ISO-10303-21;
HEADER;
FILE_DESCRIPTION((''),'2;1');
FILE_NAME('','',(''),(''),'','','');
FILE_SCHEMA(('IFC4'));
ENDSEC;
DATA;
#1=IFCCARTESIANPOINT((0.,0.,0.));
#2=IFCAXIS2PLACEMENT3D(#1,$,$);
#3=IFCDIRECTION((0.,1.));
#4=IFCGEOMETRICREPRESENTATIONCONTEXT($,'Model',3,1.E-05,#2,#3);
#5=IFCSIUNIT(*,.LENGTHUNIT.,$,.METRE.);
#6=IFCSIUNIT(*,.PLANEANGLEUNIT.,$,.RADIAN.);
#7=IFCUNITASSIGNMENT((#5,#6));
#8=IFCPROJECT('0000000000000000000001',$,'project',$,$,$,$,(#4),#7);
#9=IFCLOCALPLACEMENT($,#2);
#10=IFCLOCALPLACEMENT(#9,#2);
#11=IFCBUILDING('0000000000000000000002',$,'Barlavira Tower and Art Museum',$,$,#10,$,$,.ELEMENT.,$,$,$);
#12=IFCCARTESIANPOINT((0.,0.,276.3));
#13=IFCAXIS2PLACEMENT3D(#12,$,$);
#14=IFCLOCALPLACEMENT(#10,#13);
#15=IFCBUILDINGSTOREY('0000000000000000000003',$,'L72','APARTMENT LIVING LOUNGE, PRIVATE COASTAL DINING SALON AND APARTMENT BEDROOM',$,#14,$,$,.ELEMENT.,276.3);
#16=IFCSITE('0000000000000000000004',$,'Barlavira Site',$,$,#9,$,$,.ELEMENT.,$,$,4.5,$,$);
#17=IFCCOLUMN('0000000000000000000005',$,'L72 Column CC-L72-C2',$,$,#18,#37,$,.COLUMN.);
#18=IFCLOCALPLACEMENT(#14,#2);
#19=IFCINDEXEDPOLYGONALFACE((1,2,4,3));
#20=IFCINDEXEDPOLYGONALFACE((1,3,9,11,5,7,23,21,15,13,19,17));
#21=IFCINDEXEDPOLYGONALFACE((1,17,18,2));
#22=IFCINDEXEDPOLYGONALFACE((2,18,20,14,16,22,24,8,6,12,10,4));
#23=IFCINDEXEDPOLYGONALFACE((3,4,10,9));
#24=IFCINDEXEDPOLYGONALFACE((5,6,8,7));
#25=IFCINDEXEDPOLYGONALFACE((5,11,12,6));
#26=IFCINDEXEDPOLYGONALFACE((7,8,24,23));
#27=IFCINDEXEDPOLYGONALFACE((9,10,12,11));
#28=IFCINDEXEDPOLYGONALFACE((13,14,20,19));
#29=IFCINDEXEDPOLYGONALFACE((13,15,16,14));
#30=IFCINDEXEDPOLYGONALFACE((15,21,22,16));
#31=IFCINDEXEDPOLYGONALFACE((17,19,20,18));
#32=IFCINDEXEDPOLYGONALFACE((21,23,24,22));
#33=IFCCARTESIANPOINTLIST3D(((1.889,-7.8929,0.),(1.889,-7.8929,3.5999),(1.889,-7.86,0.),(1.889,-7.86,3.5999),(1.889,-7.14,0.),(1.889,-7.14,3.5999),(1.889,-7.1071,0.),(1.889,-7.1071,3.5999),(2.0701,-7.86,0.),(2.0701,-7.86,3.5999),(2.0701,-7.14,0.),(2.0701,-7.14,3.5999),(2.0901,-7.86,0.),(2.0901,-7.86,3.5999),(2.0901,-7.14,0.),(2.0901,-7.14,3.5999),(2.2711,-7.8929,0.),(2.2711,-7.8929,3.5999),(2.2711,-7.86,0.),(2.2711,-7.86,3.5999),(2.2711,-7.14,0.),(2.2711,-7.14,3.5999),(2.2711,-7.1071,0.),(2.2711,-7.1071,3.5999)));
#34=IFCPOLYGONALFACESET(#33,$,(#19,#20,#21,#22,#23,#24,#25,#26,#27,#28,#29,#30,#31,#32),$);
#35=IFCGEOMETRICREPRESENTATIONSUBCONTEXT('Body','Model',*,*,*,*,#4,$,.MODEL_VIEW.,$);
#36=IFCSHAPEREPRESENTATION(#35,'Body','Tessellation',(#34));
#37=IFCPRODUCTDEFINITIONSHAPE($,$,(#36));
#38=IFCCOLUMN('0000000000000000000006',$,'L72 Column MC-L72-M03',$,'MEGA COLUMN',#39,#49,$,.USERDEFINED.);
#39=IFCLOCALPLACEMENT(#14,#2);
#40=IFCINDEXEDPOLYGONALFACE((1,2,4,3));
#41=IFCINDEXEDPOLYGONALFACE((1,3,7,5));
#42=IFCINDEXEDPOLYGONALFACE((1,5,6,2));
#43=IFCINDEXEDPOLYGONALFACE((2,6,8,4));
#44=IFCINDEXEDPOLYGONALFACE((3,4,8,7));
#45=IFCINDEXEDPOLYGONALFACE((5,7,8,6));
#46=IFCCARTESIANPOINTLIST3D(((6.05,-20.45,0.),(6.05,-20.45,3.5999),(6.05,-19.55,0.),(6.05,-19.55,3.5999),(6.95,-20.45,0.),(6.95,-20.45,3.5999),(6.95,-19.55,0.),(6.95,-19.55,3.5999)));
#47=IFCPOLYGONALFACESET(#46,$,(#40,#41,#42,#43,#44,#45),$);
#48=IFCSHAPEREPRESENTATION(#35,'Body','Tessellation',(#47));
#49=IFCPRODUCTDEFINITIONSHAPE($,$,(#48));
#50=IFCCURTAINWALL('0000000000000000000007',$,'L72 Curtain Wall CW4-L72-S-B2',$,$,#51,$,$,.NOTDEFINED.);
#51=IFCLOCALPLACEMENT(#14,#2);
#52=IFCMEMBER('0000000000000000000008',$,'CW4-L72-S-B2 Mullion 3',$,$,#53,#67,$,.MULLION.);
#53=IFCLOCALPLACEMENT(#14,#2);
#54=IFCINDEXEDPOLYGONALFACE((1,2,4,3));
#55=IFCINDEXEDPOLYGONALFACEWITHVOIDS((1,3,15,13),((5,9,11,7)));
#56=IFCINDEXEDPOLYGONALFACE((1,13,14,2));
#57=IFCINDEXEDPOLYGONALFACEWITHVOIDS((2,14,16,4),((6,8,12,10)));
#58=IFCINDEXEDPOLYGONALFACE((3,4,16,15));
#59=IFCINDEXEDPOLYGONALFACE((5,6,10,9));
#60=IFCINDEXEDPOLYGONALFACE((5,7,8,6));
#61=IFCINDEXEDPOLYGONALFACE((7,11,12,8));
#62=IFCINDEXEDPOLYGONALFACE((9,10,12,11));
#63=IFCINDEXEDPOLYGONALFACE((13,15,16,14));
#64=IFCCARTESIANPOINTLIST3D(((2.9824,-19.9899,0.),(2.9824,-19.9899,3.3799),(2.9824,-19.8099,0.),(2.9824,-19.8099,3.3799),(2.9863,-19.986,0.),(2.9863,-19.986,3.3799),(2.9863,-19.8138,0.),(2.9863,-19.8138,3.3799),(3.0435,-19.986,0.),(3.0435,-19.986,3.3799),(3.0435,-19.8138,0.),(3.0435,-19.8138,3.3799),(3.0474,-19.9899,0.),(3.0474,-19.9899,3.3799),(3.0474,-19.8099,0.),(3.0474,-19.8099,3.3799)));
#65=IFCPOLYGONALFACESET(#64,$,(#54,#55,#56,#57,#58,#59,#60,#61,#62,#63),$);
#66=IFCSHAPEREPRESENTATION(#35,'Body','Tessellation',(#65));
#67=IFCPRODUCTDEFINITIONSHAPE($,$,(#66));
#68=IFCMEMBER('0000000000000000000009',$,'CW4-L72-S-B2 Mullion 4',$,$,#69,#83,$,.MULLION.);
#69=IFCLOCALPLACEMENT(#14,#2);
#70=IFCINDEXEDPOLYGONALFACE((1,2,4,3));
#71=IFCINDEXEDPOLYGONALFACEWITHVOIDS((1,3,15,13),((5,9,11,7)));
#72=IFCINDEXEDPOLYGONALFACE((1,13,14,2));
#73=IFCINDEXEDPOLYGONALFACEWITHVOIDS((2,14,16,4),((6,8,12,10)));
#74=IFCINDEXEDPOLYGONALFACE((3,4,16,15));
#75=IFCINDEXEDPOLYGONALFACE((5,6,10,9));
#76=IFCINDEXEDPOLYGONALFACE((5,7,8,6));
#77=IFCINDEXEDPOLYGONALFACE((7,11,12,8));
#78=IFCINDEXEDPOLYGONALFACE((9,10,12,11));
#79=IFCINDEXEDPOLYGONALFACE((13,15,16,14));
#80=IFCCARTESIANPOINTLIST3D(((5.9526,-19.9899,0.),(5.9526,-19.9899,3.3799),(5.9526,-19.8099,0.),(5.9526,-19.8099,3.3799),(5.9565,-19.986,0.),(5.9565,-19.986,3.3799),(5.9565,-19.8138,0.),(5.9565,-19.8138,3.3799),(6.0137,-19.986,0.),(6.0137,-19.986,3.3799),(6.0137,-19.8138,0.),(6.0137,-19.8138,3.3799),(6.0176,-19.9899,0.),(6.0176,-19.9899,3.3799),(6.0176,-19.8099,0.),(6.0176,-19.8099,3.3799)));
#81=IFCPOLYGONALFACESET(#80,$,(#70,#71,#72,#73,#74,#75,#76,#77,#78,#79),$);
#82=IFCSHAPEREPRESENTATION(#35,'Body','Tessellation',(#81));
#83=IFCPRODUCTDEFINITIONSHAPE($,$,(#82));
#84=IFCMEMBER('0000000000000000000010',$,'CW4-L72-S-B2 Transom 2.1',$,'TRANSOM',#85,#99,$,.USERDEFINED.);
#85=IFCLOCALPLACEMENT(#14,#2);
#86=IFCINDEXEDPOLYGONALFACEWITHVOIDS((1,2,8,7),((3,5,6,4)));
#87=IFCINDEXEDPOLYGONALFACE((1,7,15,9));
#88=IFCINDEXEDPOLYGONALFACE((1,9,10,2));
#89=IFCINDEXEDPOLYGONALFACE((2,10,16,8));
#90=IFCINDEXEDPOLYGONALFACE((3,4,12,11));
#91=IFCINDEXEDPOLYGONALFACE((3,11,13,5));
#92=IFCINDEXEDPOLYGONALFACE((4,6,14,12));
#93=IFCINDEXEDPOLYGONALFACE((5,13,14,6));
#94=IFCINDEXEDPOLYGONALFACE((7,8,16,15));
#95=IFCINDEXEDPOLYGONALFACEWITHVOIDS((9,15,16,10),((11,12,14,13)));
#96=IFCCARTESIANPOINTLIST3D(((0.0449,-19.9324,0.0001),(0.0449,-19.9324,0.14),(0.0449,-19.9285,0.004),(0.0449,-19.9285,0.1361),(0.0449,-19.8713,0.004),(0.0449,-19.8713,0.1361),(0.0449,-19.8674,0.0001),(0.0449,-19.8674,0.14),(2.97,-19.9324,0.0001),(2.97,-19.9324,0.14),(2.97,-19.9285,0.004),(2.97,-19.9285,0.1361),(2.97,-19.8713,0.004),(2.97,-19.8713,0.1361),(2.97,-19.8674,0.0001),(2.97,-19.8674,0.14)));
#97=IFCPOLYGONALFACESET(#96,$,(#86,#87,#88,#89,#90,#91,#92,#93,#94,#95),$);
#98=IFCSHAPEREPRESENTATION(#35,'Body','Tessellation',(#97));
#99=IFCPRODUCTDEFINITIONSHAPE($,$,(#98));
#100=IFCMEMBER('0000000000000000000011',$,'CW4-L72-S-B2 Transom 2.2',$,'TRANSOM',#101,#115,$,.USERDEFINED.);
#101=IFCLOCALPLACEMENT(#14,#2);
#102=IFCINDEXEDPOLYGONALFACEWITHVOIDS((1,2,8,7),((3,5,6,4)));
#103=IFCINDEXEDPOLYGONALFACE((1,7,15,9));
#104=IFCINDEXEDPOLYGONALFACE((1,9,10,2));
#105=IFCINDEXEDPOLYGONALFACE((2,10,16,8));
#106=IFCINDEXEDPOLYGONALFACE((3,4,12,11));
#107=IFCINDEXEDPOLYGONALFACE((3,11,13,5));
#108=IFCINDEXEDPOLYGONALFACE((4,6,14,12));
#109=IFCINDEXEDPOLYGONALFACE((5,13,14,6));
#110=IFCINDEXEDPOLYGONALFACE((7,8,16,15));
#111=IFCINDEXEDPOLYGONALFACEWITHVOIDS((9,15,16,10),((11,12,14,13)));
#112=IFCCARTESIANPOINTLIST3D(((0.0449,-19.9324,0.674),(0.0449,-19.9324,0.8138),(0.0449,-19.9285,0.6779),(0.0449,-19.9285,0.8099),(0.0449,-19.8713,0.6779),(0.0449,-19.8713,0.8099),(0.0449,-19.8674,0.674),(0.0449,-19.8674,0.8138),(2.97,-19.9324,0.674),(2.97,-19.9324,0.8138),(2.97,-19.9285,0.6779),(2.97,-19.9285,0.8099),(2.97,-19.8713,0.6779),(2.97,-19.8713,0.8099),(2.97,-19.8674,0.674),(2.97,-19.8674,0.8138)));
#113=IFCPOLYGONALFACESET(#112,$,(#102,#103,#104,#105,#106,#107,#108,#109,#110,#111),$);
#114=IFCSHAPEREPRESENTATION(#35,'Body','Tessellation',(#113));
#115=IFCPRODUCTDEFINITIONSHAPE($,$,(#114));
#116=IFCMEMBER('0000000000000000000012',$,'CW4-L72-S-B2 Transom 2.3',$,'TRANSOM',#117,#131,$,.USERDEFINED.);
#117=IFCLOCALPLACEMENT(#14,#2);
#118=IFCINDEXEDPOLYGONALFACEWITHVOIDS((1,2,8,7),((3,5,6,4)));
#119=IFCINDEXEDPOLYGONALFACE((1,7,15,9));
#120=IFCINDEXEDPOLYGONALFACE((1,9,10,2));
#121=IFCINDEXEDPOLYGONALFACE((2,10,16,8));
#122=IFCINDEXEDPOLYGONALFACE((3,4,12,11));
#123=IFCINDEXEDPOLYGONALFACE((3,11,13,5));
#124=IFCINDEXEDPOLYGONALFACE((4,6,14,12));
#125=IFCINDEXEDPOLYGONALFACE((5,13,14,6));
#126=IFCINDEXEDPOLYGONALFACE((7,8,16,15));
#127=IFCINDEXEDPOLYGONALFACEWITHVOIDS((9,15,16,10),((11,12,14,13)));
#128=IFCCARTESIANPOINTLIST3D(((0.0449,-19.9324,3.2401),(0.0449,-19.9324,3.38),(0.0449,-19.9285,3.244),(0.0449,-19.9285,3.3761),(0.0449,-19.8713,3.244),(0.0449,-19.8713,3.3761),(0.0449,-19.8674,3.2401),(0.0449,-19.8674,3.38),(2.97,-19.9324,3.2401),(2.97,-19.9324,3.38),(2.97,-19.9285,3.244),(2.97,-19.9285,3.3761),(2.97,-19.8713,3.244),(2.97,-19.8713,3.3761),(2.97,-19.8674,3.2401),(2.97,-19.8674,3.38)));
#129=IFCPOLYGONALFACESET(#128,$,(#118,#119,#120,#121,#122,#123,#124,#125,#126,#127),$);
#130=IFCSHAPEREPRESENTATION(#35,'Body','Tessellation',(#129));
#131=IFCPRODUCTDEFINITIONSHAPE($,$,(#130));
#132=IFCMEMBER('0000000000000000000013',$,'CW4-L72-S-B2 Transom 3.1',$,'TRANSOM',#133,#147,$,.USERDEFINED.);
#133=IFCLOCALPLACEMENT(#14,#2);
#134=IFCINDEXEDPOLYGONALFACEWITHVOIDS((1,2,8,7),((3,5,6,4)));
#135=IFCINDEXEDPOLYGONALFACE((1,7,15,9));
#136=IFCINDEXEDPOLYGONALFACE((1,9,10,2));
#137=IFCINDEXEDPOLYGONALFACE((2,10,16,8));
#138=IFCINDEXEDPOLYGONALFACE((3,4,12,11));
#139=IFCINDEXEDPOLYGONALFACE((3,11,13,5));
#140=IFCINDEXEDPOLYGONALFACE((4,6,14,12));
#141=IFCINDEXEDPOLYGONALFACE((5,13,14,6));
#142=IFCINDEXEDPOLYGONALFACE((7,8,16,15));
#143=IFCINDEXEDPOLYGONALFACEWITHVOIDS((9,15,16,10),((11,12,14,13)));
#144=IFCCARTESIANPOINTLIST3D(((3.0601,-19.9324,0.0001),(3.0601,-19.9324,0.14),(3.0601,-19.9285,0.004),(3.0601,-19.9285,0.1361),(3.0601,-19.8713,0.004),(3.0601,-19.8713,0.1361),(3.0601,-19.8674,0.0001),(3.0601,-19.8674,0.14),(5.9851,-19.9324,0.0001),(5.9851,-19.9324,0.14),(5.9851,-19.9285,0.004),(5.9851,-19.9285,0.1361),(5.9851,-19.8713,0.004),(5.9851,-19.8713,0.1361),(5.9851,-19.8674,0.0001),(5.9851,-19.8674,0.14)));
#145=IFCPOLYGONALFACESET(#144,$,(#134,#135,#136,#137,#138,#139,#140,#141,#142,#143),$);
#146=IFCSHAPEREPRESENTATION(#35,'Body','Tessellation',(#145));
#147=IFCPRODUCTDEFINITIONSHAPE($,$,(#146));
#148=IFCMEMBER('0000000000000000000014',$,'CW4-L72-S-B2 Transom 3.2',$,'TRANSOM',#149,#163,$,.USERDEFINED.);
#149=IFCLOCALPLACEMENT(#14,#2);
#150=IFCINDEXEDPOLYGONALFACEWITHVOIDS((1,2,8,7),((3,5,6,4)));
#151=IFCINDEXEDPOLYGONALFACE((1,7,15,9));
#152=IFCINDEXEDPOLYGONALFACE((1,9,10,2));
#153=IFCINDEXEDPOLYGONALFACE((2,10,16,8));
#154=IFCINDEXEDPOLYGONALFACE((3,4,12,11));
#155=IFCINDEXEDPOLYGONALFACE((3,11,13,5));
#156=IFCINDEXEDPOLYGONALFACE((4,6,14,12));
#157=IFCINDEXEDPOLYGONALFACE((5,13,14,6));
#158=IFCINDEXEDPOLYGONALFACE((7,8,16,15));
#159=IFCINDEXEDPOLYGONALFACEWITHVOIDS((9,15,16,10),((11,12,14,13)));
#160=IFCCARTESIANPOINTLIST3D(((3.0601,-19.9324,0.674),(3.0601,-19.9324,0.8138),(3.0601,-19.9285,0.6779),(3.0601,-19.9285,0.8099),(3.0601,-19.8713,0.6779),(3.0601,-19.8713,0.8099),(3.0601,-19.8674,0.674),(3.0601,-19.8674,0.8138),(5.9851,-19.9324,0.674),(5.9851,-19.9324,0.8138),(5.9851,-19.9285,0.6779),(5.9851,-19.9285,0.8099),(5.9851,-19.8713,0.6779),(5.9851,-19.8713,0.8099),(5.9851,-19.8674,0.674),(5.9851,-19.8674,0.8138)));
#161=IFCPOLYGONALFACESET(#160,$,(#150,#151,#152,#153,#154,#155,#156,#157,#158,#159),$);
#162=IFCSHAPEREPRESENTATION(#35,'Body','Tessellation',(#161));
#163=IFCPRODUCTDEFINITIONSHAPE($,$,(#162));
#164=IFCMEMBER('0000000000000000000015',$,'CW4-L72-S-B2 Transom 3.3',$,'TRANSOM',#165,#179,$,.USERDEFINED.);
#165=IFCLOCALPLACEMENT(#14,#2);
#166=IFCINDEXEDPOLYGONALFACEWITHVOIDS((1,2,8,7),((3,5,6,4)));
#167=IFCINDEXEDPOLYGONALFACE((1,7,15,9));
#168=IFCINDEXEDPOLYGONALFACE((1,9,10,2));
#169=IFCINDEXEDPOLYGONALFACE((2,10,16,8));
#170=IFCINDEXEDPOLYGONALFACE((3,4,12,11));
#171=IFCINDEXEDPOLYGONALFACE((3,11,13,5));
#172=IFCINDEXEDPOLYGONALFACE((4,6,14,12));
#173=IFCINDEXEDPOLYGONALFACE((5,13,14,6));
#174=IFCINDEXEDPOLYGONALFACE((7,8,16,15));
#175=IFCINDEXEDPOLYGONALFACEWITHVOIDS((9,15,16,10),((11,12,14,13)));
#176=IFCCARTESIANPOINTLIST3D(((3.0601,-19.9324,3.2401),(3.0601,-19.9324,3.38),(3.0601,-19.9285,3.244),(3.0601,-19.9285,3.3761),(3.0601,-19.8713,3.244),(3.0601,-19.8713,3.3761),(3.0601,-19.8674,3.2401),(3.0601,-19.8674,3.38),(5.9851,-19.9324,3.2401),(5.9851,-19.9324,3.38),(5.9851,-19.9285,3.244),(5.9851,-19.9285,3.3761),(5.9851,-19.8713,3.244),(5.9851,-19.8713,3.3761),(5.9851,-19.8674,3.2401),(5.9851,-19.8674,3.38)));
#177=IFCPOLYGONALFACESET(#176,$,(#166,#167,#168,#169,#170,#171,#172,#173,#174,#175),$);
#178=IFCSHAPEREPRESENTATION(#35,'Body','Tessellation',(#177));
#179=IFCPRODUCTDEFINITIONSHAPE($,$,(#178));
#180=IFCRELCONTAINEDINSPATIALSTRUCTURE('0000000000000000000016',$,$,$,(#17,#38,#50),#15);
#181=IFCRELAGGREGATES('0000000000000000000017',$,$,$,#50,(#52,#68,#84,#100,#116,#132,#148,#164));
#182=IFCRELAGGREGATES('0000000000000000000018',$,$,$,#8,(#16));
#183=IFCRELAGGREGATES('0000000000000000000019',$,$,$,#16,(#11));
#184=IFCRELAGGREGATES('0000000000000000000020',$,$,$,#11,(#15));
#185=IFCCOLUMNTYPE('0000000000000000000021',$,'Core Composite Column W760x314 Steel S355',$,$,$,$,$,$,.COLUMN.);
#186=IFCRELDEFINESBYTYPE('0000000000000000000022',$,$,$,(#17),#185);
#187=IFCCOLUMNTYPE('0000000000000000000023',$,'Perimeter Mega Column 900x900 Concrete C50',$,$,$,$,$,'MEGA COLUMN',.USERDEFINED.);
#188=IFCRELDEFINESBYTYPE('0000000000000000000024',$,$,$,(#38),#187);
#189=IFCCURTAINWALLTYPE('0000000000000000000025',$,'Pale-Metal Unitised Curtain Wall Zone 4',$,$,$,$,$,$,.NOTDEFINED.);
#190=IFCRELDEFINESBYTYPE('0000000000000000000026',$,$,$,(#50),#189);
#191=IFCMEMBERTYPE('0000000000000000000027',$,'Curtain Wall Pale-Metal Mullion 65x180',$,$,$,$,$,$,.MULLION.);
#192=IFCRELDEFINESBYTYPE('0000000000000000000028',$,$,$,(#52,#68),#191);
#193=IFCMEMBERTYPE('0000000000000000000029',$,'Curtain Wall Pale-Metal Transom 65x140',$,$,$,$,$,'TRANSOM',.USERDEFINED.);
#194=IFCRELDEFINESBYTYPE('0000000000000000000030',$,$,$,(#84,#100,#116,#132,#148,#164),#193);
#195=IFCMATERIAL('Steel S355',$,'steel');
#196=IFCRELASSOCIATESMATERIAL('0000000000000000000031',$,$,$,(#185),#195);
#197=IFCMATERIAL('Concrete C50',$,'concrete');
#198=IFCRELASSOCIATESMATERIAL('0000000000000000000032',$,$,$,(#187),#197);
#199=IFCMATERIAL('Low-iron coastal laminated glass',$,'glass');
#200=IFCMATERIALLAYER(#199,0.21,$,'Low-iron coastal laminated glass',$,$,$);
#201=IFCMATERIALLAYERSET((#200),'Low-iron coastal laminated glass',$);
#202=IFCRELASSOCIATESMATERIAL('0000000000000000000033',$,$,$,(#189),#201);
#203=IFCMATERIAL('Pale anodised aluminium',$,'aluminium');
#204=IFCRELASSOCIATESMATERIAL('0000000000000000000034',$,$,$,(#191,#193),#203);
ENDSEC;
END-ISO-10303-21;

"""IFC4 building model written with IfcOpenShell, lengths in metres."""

from ifc_helpers import new_model, si_unit, direction, frame, origin, origin_2d, place, context, subcontext, project, spatial, rectangle, hollow_rectangle, i_section, extrude, material, layer, layer_set, material_profile, profile_set, type_object, element, aggregate, save


model = new_model("IFC4")

# Units and contexts
model_context = context("Model", 3, precision=1e-05, world=origin(), true_north=direction((0.0, 1.0)))
body_context = subcontext(model_context, "Body", "Model", "MODEL_VIEW")
ifc_project = project(units=[si_unit("LENGTHUNIT", "METRE"), si_unit("PLANEANGLEUNIT", "RADIAN")], contexts=[model_context])

# Site, building, storey
site_placement = place(None, origin())
site = spatial("IfcSite", under=ifc_project, at=site_placement, Name="Barlavira Site", CompositionType="ELEMENT", RefElevation=4.5)
building_placement = place(site_placement, origin())
building = spatial("IfcBuilding", under=site, at=building_placement, Name="Barlavira Tower and Art Museum", CompositionType="ELEMENT")
storey_placement = place(building_placement, frame((0.0, 0.0, 276.3)))
storey = spatial("IfcBuildingStorey", under=building, at=storey_placement, Name="L72", Description="APARTMENT LIVING LOUNGE, PRIVATE COASTAL DINING SALON AND APARTMENT BEDROOM", CompositionType="ELEMENT", Elevation=276.3)

# Columns
ifc_material_1 = material(Name="Steel S355", Category="steel")
ifc_material_profile_1 = material_profile(ifc_material_1, i_section(OverallWidth=0.3821, OverallDepth=0.7859, WebThickness=0.02, FlangeThickness=0.033, at=origin_2d()), Name="W760x314.0")
ifc_profile_set_1 = profile_set([ifc_material_profile_1], Name="Steel S355")
column_type_1 = type_object("IfcColumnType", Name="Core Composite Column W760x314 Steel S355", PredefinedType="COLUMN", material=ifc_profile_set_1)
column_1_placement = place(storey_placement, frame((2.0801, -7.5, 0.0), z_axis=(0.0, 0.0, 1.0), x_axis=(1.0, 0.0, 0.0)))
element("IfcColumn", 1, at=column_1_placement, inside=storey, type_object=column_type_1, Name="L72 Column CC-L72-C2", PredefinedType="COLUMN", context=body_context, shape_type="SweptSolid", body=[
    extrude(i_section(OverallWidth=0.3821, OverallDepth=0.7859, WebThickness=0.02, FlangeThickness=0.033, at=origin_2d()), origin(), (0.0, 0.0, 1.0), 3.5999),
])
ifc_material_2 = material(Name="Concrete C50", Category="concrete")
ifc_material_profile_2 = material_profile(ifc_material_2, rectangle(XDim=0.8999, YDim=0.8999, at=origin_2d()), Name="RC-COL 900x900")
ifc_profile_set_2 = profile_set([ifc_material_profile_2], Name="Concrete C50")
column_type_2 = type_object("IfcColumnType", Name="Perimeter Mega Column 900x900 Concrete C50", ElementType="MEGA COLUMN", PredefinedType="USERDEFINED", material=ifc_profile_set_2)
column_2_placement = place(storey_placement, frame((6.5, -20.0, 0.0), z_axis=(0.0, 0.0, 1.0), x_axis=(1.0, 0.0, 0.0)))
element("IfcColumn", 2, at=column_2_placement, inside=storey, type_object=column_type_2, Name="L72 Column MC-L72-M03", ObjectType="MEGA COLUMN", PredefinedType="USERDEFINED", context=body_context, shape_type="SweptSolid", body=[
    extrude(rectangle(XDim=0.8999, YDim=0.8999, at=origin_2d()), origin(), (0.0, 0.0, 1.0), 3.5999),
])

# Curtain wall, members
ifc_material_3 = material(Name="Low-iron coastal laminated glass", Category="glass")
ifc_layer_1 = layer(ifc_material_3, 0.21, Name="Low-iron coastal laminated glass")
ifc_layer_set_1 = layer_set([ifc_layer_1], Name="Low-iron coastal laminated glass")
curtain_wall_type = type_object("IfcCurtainWallType", Name="Pale-Metal Unitised Curtain Wall Zone 4", PredefinedType="NOTDEFINED", material=ifc_layer_set_1)
curtain_wall_placement = place(storey_placement, origin())
curtain_wall = element("IfcCurtainWall", 3, at=curtain_wall_placement, inside=storey, type_object=curtain_wall_type, Name="L72 Curtain Wall CW4-L72-S-B2", PredefinedType="NOTDEFINED")
ifc_material_4 = material(Name="Pale anodised aluminium", Category="aluminium")
ifc_material_profile_3 = material_profile(ifc_material_4, hollow_rectangle(XDim=0.0649, YDim=0.1799, WallThickness=0.0039, at=origin_2d()), Name="ALU-MULL 65x180x4")
ifc_profile_set_3 = profile_set([ifc_material_profile_3], Name="Pale anodised aluminium")
member_type_1 = type_object("IfcMemberType", Name="Curtain Wall Pale-Metal Mullion 65x180", PredefinedType="MULLION", material=ifc_profile_set_3)
member_1_placement = place(storey_placement, frame((3.0149, -19.8999, 0.0), z_axis=(0.0, 0.0, 1.0), x_axis=(1.0, 0.0, 0.0)))
member_1 = element("IfcMember", 4, at=member_1_placement, type_object=member_type_1, Name="CW4-L72-S-B2 Mullion 3", PredefinedType="MULLION", context=body_context, shape_type="SweptSolid", body=[
    extrude(hollow_rectangle(XDim=0.0649, YDim=0.1799, WallThickness=0.0039, at=origin_2d()), origin(), (0.0, 0.0, 1.0), 3.3799),
])
member_2_placement = place(storey_placement, frame((5.9851, -19.8999, 0.0), z_axis=(0.0, 0.0, 1.0), x_axis=(1.0, 0.0, 0.0)))
member_2 = element("IfcMember", 5, at=member_2_placement, type_object=member_type_1, Name="CW4-L72-S-B2 Mullion 4", PredefinedType="MULLION", context=body_context, shape_type="SweptSolid", body=[
    extrude(hollow_rectangle(XDim=0.0649, YDim=0.1799, WallThickness=0.0039, at=origin_2d()), origin(), (0.0, 0.0, 1.0), 3.3799),
])
ifc_material_profile_4 = material_profile(ifc_material_4, hollow_rectangle(XDim=0.0649, YDim=0.1399, WallThickness=0.0039, at=origin_2d()), Name="ALU-TRAN 65x140x4")
ifc_profile_set_4 = profile_set([ifc_material_profile_4], Name="Pale anodised aluminium")
member_type_2 = type_object("IfcMemberType", Name="Curtain Wall Pale-Metal Transom 65x140", ElementType="TRANSOM", PredefinedType="USERDEFINED", material=ifc_profile_set_4)
member_3_placement = place(storey_placement, frame((0.0449, -19.8999, 0.0701), z_axis=(1.0, 0.0, 0.0), x_axis=(0.0, 1.0, 0.0)))
member_3 = element("IfcMember", 6, at=member_3_placement, type_object=member_type_2, Name="CW4-L72-S-B2 Transom 2.1", ObjectType="TRANSOM", PredefinedType="USERDEFINED", context=body_context, shape_type="SweptSolid", body=[
    extrude(hollow_rectangle(XDim=0.0649, YDim=0.1399, WallThickness=0.0039, at=origin_2d()), origin(), (0.0, 0.0, 1.0), 2.925),
])
member_4_placement = place(storey_placement, frame((0.0449, -19.8999, 0.7439), z_axis=(1.0, 0.0, 0.0), x_axis=(0.0, 1.0, 0.0)))
member_4 = element("IfcMember", 7, at=member_4_placement, type_object=member_type_2, Name="CW4-L72-S-B2 Transom 2.2", ObjectType="TRANSOM", PredefinedType="USERDEFINED", context=body_context, shape_type="SweptSolid", body=[
    extrude(hollow_rectangle(XDim=0.0649, YDim=0.1399, WallThickness=0.0039, at=origin_2d()), origin(), (0.0, 0.0, 1.0), 2.925),
])
member_5_placement = place(storey_placement, frame((0.0449, -19.8999, 3.3101), z_axis=(1.0, 0.0, 0.0), x_axis=(0.0, 1.0, 0.0)))
member_5 = element("IfcMember", 8, at=member_5_placement, type_object=member_type_2, Name="CW4-L72-S-B2 Transom 2.3", ObjectType="TRANSOM", PredefinedType="USERDEFINED", context=body_context, shape_type="SweptSolid", body=[
    extrude(hollow_rectangle(XDim=0.0649, YDim=0.1399, WallThickness=0.0039, at=origin_2d()), origin(), (0.0, 0.0, 1.0), 2.925),
])
member_6_placement = place(storey_placement, frame((3.0601, -19.8999, 0.0701), z_axis=(1.0, 0.0, 0.0), x_axis=(0.0, 1.0, 0.0)))
member_6 = element("IfcMember", 9, at=member_6_placement, type_object=member_type_2, Name="CW4-L72-S-B2 Transom 3.1", ObjectType="TRANSOM", PredefinedType="USERDEFINED", context=body_context, shape_type="SweptSolid", body=[
    extrude(hollow_rectangle(XDim=0.0649, YDim=0.1399, WallThickness=0.0039, at=origin_2d()), origin(), (0.0, 0.0, 1.0), 2.925),
])
member_7_placement = place(storey_placement, frame((3.0601, -19.8999, 0.7439), z_axis=(1.0, 0.0, 0.0), x_axis=(0.0, 1.0, 0.0)))
member_7 = element("IfcMember", 10, at=member_7_placement, type_object=member_type_2, Name="CW4-L72-S-B2 Transom 3.2", ObjectType="TRANSOM", PredefinedType="USERDEFINED", context=body_context, shape_type="SweptSolid", body=[
    extrude(hollow_rectangle(XDim=0.0649, YDim=0.1399, WallThickness=0.0039, at=origin_2d()), origin(), (0.0, 0.0, 1.0), 2.925),
])
member_8_placement = place(storey_placement, frame((3.0601, -19.8999, 3.3101), z_axis=(1.0, 0.0, 0.0), x_axis=(0.0, 1.0, 0.0)))
member_8 = element("IfcMember", 11, at=member_8_placement, type_object=member_type_2, Name="CW4-L72-S-B2 Transom 3.3", ObjectType="TRANSOM", PredefinedType="USERDEFINED", context=body_context, shape_type="SweptSolid", body=[
    extrude(hollow_rectangle(XDim=0.0649, YDim=0.1399, WallThickness=0.0039, at=origin_2d()), origin(), (0.0, 0.0, 1.0), 2.925),
])

aggregate(curtain_wall, [member_1, member_2, member_3, member_4, member_5, member_6, member_7, member_8])

save(model, "model.ifc")
